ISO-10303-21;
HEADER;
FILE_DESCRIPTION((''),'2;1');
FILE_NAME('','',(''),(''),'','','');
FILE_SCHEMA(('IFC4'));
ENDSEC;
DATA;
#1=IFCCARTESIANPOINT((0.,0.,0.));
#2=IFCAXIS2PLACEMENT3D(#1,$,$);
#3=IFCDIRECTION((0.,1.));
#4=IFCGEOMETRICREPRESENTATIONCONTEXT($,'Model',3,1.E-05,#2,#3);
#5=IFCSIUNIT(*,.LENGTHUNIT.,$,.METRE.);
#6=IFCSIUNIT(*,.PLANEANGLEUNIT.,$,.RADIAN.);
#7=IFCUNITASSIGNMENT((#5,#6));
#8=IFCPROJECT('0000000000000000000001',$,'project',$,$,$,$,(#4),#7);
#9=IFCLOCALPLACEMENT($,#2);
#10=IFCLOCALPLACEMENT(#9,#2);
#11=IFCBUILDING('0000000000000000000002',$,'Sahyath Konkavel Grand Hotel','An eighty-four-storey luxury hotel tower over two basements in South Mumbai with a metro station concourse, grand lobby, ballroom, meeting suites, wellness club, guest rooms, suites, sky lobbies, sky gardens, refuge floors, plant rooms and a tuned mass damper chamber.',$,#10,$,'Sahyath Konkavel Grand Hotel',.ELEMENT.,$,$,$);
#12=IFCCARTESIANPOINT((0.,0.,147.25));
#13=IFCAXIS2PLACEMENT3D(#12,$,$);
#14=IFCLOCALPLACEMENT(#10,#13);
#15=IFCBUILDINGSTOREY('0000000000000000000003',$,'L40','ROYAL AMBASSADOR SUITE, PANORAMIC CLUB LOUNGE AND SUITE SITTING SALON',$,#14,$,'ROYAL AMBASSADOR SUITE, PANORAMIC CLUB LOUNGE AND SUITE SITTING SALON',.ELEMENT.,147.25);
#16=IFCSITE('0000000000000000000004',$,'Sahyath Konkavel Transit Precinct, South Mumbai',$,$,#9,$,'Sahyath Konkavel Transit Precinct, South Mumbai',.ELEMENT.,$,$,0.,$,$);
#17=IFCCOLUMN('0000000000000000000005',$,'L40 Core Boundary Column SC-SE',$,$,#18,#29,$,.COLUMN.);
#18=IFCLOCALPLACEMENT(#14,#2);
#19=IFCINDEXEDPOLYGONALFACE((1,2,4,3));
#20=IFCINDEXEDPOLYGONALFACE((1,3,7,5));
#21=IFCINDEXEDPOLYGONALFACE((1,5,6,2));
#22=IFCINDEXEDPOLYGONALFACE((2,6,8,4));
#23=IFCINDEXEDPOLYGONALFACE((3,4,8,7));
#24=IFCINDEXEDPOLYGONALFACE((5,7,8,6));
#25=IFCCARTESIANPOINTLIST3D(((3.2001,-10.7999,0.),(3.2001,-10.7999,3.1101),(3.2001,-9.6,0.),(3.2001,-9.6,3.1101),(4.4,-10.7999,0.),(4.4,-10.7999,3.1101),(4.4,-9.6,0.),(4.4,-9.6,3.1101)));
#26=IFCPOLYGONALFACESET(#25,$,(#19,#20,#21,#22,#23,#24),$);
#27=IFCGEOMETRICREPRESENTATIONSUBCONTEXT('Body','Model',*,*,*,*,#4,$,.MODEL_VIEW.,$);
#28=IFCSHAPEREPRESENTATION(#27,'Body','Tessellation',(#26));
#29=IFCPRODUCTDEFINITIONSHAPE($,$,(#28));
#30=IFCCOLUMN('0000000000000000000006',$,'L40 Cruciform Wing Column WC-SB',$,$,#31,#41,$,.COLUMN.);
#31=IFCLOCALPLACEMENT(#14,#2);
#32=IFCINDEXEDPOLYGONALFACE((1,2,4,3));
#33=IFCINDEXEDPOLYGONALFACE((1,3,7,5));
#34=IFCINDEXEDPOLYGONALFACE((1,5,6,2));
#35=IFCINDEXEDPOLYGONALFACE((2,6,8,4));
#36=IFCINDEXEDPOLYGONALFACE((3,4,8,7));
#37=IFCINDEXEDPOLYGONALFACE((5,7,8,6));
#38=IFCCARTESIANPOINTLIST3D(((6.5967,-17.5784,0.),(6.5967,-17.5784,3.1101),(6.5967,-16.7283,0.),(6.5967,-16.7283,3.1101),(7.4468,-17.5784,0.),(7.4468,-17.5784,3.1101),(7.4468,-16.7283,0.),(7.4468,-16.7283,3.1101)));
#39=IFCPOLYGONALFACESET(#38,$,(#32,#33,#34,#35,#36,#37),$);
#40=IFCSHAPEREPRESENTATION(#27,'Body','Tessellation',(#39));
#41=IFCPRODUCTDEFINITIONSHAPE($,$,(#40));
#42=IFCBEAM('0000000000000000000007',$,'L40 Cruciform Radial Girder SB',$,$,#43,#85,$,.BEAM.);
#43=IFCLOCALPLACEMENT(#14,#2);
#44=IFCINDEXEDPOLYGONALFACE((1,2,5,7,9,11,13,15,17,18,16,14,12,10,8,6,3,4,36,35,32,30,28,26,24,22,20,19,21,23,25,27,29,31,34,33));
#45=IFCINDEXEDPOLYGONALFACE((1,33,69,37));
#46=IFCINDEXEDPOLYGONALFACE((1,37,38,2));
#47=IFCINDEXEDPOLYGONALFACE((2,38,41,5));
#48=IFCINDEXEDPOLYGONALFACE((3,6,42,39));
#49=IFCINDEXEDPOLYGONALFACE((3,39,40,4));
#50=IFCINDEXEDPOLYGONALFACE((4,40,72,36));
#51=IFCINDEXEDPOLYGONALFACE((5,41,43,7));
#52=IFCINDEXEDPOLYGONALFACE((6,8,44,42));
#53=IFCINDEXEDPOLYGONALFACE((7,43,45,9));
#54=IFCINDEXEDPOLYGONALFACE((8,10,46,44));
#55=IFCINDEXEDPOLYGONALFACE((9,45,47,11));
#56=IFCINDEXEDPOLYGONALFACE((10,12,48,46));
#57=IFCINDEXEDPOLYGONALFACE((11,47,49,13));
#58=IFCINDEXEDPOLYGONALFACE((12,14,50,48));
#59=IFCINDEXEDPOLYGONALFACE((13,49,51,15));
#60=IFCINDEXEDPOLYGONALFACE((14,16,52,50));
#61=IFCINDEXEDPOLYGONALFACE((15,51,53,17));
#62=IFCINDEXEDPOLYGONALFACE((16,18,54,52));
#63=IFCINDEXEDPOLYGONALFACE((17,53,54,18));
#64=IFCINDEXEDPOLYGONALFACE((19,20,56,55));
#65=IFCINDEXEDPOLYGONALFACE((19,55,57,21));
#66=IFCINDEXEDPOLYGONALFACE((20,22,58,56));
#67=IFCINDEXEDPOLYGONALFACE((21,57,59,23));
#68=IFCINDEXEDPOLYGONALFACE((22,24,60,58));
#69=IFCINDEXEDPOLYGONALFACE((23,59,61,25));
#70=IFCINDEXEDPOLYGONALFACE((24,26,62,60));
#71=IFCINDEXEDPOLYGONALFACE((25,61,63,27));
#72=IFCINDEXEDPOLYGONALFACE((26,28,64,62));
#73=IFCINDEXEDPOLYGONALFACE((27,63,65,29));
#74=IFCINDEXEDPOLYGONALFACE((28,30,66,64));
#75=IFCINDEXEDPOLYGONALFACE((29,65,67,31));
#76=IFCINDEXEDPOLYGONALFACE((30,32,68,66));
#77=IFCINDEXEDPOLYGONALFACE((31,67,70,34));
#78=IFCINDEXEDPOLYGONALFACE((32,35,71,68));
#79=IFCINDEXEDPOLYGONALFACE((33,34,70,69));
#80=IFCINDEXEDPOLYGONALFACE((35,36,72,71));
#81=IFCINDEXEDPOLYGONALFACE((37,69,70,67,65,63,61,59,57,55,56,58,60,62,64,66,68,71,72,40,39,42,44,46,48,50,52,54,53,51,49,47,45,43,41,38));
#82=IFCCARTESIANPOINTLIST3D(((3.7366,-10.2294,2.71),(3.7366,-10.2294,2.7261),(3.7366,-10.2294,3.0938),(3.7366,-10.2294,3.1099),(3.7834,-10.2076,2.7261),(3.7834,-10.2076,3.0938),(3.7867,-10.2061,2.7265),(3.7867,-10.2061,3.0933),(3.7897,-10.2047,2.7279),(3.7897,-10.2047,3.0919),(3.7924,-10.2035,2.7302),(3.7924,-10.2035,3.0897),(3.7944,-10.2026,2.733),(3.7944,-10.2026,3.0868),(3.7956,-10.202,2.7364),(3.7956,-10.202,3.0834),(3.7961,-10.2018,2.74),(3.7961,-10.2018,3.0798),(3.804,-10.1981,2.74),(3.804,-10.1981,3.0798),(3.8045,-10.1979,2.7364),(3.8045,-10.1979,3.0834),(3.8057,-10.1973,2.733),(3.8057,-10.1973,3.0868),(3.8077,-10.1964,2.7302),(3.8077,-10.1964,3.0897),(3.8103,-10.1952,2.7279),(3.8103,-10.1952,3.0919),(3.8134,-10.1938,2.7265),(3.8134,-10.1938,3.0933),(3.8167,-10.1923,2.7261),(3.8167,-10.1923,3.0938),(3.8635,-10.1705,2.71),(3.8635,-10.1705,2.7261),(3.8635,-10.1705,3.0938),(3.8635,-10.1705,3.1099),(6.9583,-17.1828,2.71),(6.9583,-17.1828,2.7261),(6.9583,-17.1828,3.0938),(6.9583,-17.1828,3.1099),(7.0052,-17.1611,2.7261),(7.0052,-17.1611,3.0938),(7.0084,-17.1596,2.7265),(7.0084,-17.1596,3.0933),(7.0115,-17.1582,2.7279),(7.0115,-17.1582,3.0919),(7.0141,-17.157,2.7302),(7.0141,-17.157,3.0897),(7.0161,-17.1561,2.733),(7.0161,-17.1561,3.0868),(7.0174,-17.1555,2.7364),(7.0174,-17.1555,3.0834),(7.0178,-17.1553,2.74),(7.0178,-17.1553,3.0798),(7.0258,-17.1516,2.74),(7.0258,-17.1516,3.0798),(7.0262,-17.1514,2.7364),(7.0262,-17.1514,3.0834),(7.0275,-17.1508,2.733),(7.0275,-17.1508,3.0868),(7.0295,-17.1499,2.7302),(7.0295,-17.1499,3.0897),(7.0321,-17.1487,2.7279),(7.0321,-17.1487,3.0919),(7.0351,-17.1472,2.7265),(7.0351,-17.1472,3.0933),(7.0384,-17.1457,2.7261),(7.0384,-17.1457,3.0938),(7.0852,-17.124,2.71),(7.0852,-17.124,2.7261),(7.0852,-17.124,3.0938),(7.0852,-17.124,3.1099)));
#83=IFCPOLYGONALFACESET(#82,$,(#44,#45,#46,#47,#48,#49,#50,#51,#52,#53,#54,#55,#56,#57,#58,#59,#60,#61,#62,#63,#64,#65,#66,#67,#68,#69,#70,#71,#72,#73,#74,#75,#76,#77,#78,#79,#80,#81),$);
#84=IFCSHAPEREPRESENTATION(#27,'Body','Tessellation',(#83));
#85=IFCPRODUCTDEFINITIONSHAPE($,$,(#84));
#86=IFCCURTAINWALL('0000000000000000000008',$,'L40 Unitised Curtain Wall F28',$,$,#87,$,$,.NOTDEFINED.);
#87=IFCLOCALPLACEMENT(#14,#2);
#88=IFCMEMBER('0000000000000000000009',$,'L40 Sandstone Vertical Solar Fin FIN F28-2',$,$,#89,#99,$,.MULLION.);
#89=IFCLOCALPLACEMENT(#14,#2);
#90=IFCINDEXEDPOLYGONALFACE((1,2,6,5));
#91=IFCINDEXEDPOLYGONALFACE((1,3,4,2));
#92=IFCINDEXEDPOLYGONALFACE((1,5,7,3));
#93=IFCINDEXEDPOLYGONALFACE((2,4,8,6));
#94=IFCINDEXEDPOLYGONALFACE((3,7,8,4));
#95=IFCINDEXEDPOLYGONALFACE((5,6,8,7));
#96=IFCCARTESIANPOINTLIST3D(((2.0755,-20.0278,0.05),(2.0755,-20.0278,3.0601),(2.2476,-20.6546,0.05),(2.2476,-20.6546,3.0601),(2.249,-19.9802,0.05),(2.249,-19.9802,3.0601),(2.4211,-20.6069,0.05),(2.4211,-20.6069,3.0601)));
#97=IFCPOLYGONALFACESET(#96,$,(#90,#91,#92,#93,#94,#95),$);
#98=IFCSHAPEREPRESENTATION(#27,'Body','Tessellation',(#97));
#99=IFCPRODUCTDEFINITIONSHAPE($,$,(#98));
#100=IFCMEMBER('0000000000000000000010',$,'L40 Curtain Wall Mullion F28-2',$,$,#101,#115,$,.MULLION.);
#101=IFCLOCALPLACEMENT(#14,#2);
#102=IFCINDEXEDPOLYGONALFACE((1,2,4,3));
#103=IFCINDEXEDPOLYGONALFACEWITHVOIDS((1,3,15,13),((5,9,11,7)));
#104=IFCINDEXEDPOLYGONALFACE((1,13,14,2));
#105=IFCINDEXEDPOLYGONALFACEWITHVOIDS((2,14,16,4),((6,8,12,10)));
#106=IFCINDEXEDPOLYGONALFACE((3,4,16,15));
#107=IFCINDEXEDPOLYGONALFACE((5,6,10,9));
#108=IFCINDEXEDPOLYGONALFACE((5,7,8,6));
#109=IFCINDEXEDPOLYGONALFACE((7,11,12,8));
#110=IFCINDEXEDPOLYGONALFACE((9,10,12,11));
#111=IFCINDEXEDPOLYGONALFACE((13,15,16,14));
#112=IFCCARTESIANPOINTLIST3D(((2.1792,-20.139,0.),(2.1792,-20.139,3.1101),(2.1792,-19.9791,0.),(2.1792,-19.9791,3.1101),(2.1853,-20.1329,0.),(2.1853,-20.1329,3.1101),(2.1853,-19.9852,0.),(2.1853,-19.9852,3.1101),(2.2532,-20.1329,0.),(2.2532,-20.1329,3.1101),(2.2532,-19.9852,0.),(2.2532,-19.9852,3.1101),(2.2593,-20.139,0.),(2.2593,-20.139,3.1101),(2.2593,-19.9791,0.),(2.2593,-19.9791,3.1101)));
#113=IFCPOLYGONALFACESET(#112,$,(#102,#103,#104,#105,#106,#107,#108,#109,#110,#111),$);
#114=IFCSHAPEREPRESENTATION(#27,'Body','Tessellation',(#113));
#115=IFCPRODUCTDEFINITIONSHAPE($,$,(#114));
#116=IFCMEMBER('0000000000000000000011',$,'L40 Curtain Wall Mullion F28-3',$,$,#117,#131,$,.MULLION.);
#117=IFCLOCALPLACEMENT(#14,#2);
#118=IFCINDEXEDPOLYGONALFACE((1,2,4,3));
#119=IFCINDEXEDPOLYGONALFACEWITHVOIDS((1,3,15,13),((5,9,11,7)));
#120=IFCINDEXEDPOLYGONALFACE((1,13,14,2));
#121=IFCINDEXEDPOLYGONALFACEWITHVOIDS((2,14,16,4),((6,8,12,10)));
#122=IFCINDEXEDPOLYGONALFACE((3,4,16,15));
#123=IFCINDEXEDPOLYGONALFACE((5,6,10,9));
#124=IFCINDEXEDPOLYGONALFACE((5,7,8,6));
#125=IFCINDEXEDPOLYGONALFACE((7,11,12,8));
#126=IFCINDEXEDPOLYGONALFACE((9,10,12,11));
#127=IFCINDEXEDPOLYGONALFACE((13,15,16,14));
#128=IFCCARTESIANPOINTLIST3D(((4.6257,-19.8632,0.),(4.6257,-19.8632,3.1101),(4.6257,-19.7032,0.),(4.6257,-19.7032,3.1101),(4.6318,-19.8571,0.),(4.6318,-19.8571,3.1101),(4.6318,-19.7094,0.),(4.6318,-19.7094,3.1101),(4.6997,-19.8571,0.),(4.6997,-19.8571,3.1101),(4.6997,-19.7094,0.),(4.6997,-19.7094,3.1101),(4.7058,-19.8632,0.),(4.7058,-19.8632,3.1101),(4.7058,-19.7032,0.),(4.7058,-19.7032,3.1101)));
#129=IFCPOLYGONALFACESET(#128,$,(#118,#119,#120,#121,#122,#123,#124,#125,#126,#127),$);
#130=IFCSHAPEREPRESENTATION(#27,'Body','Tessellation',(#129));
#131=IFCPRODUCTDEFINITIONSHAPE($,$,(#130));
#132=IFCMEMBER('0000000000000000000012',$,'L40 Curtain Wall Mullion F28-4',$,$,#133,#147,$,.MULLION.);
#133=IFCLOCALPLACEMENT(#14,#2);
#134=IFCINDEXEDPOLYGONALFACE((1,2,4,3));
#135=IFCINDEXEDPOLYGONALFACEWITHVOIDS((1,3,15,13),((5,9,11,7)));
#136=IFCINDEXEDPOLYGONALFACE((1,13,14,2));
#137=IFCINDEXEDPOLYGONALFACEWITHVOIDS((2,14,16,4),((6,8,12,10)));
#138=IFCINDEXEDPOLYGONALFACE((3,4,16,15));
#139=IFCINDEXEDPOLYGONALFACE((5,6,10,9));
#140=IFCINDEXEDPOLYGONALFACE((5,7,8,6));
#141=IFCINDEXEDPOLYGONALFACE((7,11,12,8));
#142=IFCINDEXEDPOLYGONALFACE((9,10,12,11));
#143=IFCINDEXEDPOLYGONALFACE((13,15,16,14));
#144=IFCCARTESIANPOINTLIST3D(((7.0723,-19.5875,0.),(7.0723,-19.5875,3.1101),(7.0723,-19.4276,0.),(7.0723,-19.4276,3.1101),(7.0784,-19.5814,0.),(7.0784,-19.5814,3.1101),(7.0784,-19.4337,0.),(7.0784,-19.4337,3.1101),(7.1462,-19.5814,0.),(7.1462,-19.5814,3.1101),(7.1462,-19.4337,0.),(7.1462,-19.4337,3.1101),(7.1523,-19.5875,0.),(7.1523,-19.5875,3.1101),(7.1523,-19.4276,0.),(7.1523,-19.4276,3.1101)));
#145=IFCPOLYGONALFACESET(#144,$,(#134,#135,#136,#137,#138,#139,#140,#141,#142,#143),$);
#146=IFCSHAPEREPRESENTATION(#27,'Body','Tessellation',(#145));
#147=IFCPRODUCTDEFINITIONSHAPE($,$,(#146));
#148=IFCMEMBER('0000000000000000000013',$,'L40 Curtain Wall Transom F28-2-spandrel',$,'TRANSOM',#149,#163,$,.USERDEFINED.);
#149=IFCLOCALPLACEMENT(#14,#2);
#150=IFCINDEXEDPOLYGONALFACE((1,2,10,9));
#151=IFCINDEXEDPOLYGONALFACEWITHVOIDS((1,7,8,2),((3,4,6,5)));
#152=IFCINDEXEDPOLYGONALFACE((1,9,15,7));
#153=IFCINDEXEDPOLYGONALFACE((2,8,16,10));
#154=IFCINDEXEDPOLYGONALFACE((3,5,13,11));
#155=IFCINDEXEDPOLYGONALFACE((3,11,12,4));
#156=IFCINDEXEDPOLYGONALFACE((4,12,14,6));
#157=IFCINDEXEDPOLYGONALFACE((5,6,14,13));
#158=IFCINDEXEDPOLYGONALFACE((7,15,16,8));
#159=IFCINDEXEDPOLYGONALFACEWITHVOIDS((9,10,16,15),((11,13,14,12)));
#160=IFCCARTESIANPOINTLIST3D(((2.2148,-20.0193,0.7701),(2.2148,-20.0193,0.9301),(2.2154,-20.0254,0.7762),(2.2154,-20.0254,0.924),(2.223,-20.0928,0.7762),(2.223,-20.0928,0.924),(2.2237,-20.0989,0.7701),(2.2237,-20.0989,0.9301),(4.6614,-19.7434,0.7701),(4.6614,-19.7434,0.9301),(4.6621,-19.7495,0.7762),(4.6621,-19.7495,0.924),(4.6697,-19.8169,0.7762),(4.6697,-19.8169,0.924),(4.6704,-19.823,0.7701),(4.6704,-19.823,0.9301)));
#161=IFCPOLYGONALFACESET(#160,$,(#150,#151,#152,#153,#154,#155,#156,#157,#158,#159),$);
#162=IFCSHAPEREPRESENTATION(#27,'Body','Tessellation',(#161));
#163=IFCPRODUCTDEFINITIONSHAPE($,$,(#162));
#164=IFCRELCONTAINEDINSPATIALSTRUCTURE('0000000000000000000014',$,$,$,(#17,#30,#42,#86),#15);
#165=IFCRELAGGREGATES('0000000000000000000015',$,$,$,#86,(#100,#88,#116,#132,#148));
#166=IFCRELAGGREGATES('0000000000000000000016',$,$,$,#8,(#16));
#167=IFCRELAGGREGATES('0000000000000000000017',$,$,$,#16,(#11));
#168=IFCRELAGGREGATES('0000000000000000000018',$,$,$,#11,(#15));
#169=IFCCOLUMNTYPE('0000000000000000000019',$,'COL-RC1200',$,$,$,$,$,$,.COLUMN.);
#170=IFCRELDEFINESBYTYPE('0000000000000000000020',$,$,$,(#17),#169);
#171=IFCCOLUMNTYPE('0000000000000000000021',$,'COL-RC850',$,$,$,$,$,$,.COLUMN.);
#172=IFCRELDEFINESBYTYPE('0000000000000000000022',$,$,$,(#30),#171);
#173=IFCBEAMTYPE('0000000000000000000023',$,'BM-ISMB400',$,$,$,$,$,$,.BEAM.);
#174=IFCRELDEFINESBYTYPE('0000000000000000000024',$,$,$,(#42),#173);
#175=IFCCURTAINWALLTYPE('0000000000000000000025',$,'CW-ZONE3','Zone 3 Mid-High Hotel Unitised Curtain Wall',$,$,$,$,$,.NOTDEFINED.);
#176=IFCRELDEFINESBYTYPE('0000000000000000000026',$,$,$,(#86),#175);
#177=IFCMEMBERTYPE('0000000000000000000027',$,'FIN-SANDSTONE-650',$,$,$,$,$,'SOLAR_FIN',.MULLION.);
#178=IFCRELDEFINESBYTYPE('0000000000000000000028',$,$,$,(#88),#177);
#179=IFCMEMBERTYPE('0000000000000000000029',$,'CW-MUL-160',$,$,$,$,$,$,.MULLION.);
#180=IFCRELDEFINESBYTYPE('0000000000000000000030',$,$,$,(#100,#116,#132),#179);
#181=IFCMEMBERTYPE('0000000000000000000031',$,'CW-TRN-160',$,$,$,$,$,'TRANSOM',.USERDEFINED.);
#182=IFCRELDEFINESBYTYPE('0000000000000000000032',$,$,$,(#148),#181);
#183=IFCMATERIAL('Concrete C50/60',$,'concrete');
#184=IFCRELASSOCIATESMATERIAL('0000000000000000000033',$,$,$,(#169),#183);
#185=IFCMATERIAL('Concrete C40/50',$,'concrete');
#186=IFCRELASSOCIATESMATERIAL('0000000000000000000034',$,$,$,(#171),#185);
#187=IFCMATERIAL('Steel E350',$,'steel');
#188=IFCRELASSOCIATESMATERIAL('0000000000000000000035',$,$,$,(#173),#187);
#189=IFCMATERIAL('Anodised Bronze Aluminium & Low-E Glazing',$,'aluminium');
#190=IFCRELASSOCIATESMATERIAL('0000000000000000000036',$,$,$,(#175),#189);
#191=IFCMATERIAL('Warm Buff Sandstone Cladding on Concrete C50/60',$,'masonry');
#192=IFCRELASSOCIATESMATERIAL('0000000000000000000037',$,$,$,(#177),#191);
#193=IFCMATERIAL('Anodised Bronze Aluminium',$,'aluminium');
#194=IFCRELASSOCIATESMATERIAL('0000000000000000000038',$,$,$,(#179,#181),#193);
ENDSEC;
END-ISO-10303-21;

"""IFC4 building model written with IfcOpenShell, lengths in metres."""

from ifc_helpers import new_model, si_unit, direction, frame, origin, origin_2d, place, context, subcontext, project, spatial, rectangle, hollow_rectangle, i_section, extrude, source, transform, mapped, material, material_profile, profile_set, type_object, element, aggregate, save


model = new_model("IFC4")

# Units and contexts
model_context = context("Model", 3, precision=1e-05, world=origin(), true_north=direction((0.0, 1.0)))
body_context = subcontext(model_context, "Body", "Model", "MODEL_VIEW")
ifc_project = project(units=[si_unit("LENGTHUNIT", "METRE"), si_unit("PLANEANGLEUNIT", "RADIAN")], contexts=[model_context])

# Site, building, storey
site_placement = place(None, origin())
site = spatial("IfcSite", under=ifc_project, at=site_placement, Name="Sahyath Konkavel Transit Precinct, South Mumbai", LongName="Sahyath Konkavel Transit Precinct, South Mumbai", CompositionType="ELEMENT", RefElevation=0.0)
building_placement = place(site_placement, origin())
building = spatial("IfcBuilding", under=site, at=building_placement, Name="Sahyath Konkavel Grand Hotel", Description="An eighty-four-storey luxury hotel tower over two basements in South Mumbai with a metro station concourse, grand lobby, ballroom, meeting suites, wellness club, guest rooms, suites, sky lobbies, sky gardens, refuge floors, plant rooms and a tuned mass damper chamber.", LongName="Sahyath Konkavel Grand Hotel", CompositionType="ELEMENT")
storey_placement = place(building_placement, frame((0.0, 0.0, 147.25)))
storey = spatial("IfcBuildingStorey", under=building, at=storey_placement, Name="L40", Description="ROYAL AMBASSADOR SUITE, PANORAMIC CLUB LOUNGE AND SUITE SITTING SALON", LongName="ROYAL AMBASSADOR SUITE, PANORAMIC CLUB LOUNGE AND SUITE SITTING SALON", CompositionType="ELEMENT", Elevation=147.25)

# Columns
ifc_material_1 = material(Name="Concrete C50/60", Category="concrete")
ifc_material_profile_1 = material_profile(ifc_material_1, rectangle(XDim=1.2, YDim=1.2, at=origin_2d()), Name="RC 1200x1200")
ifc_profile_set_1 = profile_set([ifc_material_profile_1], Name="Concrete C50/60")
column_type_1 = type_object("IfcColumnType", Name="COL-RC1200", PredefinedType="COLUMN", material=ifc_profile_set_1)
shared_shape_1 = source(origin(), body_context, "Body", "SweptSolid", [
    extrude(rectangle(XDim=1.2, YDim=1.2, at=origin_2d()), origin(), (0.0, 0.0, 1.0), 3.1101),
])
column_1_placement = place(storey_placement, frame((3.8, -10.2, 0.0), z_axis=(0.0, 0.0, 1.0), x_axis=(1.0, 0.0, 0.0)))
element("IfcColumn", 1, at=column_1_placement, inside=storey, type_object=column_type_1, Name="L40 Core Boundary Column SC-SE", PredefinedType="COLUMN", context=body_context, shape_type="MappedRepresentation", body=[
    mapped(shared_shape_1, transform((0.0, 0.0, 0.0), scale=1.0)),
])
ifc_material_2 = material(Name="Concrete C40/50", Category="concrete")
ifc_material_profile_2 = material_profile(ifc_material_2, rectangle(XDim=0.8501, YDim=0.8501, at=origin_2d()), Name="RC 850x850")
ifc_profile_set_2 = profile_set([ifc_material_profile_2], Name="Concrete C40/50")
column_type_2 = type_object("IfcColumnType", Name="COL-RC850", PredefinedType="COLUMN", material=ifc_profile_set_2)
shared_shape_2 = source(origin(), body_context, "Body", "SweptSolid", [
    extrude(rectangle(XDim=0.8501, YDim=0.8501, at=origin_2d()), origin(), (0.0, 0.0, 1.0), 3.1101),
])
column_2_placement = place(storey_placement, frame((7.0217, -17.1533, 0.0), z_axis=(0.0, 0.0, 1.0), x_axis=(1.0, 0.0, 0.0)))
element("IfcColumn", 2, at=column_2_placement, inside=storey, type_object=column_type_2, Name="L40 Cruciform Wing Column WC-SB", PredefinedType="COLUMN", context=body_context, shape_type="MappedRepresentation", body=[
    mapped(shared_shape_2, transform((0.0, 0.0, 0.0), scale=1.0)),
])

# Beam
ifc_material_3 = material(Name="Steel E350", Category="steel")
ifc_material_profile_3 = material_profile(ifc_material_3, i_section(OverallWidth=0.1399, OverallDepth=0.3999, WebThickness=0.0088, FlangeThickness=0.0161, FilletRadius=0.0139, at=origin_2d()), Name="ISMB 400")
ifc_profile_set_3 = profile_set([ifc_material_profile_3], Name="Steel E350")
beam_type_1 = type_object("IfcBeamType", Name="BM-ISMB400", PredefinedType="BEAM", material=ifc_profile_set_3)
shared_shape_3 = source(origin(), body_context, "Body", "SweptSolid", [
    extrude(i_section(OverallWidth=0.1399, OverallDepth=0.3999, WebThickness=0.0088, FlangeThickness=0.0161, FilletRadius=0.0139, at=origin_2d()), origin(), (0.0, 0.0, 1.0), 7.6636),
])
beam_1_placement = place(storey_placement, frame((3.8, -10.2, 2.9099), z_axis=(0.420395, -0.907341, 0.0), x_axis=(0.907341, 0.420395, 0.0)))
element("IfcBeam", 3, at=beam_1_placement, inside=storey, type_object=beam_type_1, Name="L40 Cruciform Radial Girder SB", PredefinedType="BEAM", context=body_context, shape_type="MappedRepresentation", body=[
    mapped(shared_shape_3, transform((0.0, 0.0, 0.0), scale=1.0)),
])

# Curtain wall, members
ifc_material_4 = material(Name="Anodised Bronze Aluminium & Low-E Glazing", Category="aluminium")
curtain_wall_type = type_object("IfcCurtainWallType", Name="CW-ZONE3", Description="Zone 3 Mid-High Hotel Unitised Curtain Wall", PredefinedType="NOTDEFINED", material=ifc_material_4)
curtain_wall_placement = place(storey_placement, origin())
curtain_wall = element("IfcCurtainWall", 4, at=curtain_wall_placement, inside=storey, type_object=curtain_wall_type, Name="L40 Unitised Curtain Wall F28", PredefinedType="NOTDEFINED")
ifc_material_5 = material(Name="Warm Buff Sandstone Cladding on Concrete C50/60", Category="masonry")
ifc_material_profile_4 = material_profile(ifc_material_5, rectangle(XDim=0.1799, YDim=0.6499, at=origin_2d()), Name="FIN 180x650")
ifc_profile_set_4 = profile_set([ifc_material_profile_4], Name="Warm Buff Sandstone Cladding on Concrete C50/60")
member_type_1 = type_object("IfcMemberType", Name="FIN-SANDSTONE-650", ElementType="SOLAR_FIN", PredefinedType="MULLION", material=ifc_profile_set_4)
shared_shape_4 = source(origin(), body_context, "Body", "SweptSolid", [
    extrude(rectangle(XDim=0.1799, YDim=0.6499, at=origin_2d()), origin(), (0.0, 0.0, 1.0), 3.01),
])
member_1_placement = place(storey_placement, frame((2.2483, -20.3174, 0.05), z_axis=(0.0, 0.0, 1.0), x_axis=(0.964327, 0.264715, 0.0)))
member_1 = element("IfcMember", 5, at=member_1_placement, type_object=member_type_1, Name="L40 Sandstone Vertical Solar Fin FIN F28-2", PredefinedType="MULLION", context=body_context, shape_type="MappedRepresentation", body=[
    mapped(shared_shape_4, transform((0.0, 0.0, 0.0), scale=1.0)),
])
ifc_material_6 = material(Name="Anodised Bronze Aluminium", Category="aluminium")
ifc_material_profile_5 = material_profile(ifc_material_6, hollow_rectangle(XDim=0.0801, YDim=0.1599, WallThickness=0.0061, at=origin_2d()), Name="RHS 160x80x6")
ifc_profile_set_5 = profile_set([ifc_material_profile_5], Name="Anodised Bronze Aluminium")
member_type_2 = type_object("IfcMemberType", Name="CW-MUL-160", PredefinedType="MULLION", material=ifc_profile_set_5)
shared_shape_5 = source(origin(), body_context, "Body", "SweptSolid", [
    extrude(hollow_rectangle(XDim=0.0801, YDim=0.1599, WallThickness=0.0061, at=origin_2d()), origin(), (0.0, 0.0, 1.0), 3.1101),
])
member_2_placement = place(storey_placement, frame((2.2192, -20.0591, 0.0), z_axis=(0.0, 0.0, 1.0), x_axis=(1.0, 0.0, 0.0)))
member_2 = element("IfcMember", 6, at=member_2_placement, type_object=member_type_2, Name="L40 Curtain Wall Mullion F28-2", PredefinedType="MULLION", context=body_context, shape_type="MappedRepresentation", body=[
    mapped(shared_shape_5, transform((0.0, 0.0, 0.0), scale=1.0)),
])
member_3_placement = place(storey_placement, frame((4.6658, -19.7832, 0.0), z_axis=(0.0, 0.0, 1.0), x_axis=(1.0, 0.0, 0.0)))
member_3 = element("IfcMember", 7, at=member_3_placement, type_object=member_type_2, Name="L40 Curtain Wall Mullion F28-3", PredefinedType="MULLION", context=body_context, shape_type="MappedRepresentation", body=[
    mapped(shared_shape_5, transform((0.0, 0.0, 0.0), scale=1.0)),
])
member_4_placement = place(storey_placement, frame((7.1123, -19.5076, 0.0), z_axis=(0.0, 0.0, 1.0), x_axis=(1.0, 0.0, 0.0)))
member_4 = element("IfcMember", 8, at=member_4_placement, type_object=member_type_2, Name="L40 Curtain Wall Mullion F28-4", PredefinedType="MULLION", context=body_context, shape_type="MappedRepresentation", body=[
    mapped(shared_shape_5, transform((0.0, 0.0, 0.0), scale=1.0)),
])
ifc_material_profile_6 = material_profile(ifc_material_6, hollow_rectangle(XDim=0.0801, YDim=0.1599, WallThickness=0.0061, at=origin_2d()), Name="RHS 160x80x6")
ifc_profile_set_6 = profile_set([ifc_material_profile_6], Name="Anodised Bronze Aluminium")
member_type_3 = type_object("IfcMemberType", Name="CW-TRN-160", ElementType="TRANSOM", PredefinedType="USERDEFINED", material=ifc_profile_set_6)
shared_shape_6 = source(origin(), body_context, "Body", "SweptSolid", [
    extrude(hollow_rectangle(XDim=0.0801, YDim=0.1599, WallThickness=0.0061, at=origin_2d()), origin(), (0.0, 0.0, 1.0), 2.4622),
])
member_5_placement = place(storey_placement, frame((2.2192, -20.0591, 0.8501), z_axis=(0.993702, 0.112053, 0.0), x_axis=(-0.112053, 0.993702, 0.0)))
member_5 = element("IfcMember", 9, at=member_5_placement, type_object=member_type_3, Name="L40 Curtain Wall Transom F28-2-spandrel", ObjectType="TRANSOM", PredefinedType="USERDEFINED", context=body_context, shape_type="MappedRepresentation", body=[
    mapped(shared_shape_6, transform((0.0, 0.0, 0.0), scale=1.0)),
])

aggregate(curtain_wall, [member_2, member_1, member_3, member_4, member_5])

save(model, "model.ifc")
